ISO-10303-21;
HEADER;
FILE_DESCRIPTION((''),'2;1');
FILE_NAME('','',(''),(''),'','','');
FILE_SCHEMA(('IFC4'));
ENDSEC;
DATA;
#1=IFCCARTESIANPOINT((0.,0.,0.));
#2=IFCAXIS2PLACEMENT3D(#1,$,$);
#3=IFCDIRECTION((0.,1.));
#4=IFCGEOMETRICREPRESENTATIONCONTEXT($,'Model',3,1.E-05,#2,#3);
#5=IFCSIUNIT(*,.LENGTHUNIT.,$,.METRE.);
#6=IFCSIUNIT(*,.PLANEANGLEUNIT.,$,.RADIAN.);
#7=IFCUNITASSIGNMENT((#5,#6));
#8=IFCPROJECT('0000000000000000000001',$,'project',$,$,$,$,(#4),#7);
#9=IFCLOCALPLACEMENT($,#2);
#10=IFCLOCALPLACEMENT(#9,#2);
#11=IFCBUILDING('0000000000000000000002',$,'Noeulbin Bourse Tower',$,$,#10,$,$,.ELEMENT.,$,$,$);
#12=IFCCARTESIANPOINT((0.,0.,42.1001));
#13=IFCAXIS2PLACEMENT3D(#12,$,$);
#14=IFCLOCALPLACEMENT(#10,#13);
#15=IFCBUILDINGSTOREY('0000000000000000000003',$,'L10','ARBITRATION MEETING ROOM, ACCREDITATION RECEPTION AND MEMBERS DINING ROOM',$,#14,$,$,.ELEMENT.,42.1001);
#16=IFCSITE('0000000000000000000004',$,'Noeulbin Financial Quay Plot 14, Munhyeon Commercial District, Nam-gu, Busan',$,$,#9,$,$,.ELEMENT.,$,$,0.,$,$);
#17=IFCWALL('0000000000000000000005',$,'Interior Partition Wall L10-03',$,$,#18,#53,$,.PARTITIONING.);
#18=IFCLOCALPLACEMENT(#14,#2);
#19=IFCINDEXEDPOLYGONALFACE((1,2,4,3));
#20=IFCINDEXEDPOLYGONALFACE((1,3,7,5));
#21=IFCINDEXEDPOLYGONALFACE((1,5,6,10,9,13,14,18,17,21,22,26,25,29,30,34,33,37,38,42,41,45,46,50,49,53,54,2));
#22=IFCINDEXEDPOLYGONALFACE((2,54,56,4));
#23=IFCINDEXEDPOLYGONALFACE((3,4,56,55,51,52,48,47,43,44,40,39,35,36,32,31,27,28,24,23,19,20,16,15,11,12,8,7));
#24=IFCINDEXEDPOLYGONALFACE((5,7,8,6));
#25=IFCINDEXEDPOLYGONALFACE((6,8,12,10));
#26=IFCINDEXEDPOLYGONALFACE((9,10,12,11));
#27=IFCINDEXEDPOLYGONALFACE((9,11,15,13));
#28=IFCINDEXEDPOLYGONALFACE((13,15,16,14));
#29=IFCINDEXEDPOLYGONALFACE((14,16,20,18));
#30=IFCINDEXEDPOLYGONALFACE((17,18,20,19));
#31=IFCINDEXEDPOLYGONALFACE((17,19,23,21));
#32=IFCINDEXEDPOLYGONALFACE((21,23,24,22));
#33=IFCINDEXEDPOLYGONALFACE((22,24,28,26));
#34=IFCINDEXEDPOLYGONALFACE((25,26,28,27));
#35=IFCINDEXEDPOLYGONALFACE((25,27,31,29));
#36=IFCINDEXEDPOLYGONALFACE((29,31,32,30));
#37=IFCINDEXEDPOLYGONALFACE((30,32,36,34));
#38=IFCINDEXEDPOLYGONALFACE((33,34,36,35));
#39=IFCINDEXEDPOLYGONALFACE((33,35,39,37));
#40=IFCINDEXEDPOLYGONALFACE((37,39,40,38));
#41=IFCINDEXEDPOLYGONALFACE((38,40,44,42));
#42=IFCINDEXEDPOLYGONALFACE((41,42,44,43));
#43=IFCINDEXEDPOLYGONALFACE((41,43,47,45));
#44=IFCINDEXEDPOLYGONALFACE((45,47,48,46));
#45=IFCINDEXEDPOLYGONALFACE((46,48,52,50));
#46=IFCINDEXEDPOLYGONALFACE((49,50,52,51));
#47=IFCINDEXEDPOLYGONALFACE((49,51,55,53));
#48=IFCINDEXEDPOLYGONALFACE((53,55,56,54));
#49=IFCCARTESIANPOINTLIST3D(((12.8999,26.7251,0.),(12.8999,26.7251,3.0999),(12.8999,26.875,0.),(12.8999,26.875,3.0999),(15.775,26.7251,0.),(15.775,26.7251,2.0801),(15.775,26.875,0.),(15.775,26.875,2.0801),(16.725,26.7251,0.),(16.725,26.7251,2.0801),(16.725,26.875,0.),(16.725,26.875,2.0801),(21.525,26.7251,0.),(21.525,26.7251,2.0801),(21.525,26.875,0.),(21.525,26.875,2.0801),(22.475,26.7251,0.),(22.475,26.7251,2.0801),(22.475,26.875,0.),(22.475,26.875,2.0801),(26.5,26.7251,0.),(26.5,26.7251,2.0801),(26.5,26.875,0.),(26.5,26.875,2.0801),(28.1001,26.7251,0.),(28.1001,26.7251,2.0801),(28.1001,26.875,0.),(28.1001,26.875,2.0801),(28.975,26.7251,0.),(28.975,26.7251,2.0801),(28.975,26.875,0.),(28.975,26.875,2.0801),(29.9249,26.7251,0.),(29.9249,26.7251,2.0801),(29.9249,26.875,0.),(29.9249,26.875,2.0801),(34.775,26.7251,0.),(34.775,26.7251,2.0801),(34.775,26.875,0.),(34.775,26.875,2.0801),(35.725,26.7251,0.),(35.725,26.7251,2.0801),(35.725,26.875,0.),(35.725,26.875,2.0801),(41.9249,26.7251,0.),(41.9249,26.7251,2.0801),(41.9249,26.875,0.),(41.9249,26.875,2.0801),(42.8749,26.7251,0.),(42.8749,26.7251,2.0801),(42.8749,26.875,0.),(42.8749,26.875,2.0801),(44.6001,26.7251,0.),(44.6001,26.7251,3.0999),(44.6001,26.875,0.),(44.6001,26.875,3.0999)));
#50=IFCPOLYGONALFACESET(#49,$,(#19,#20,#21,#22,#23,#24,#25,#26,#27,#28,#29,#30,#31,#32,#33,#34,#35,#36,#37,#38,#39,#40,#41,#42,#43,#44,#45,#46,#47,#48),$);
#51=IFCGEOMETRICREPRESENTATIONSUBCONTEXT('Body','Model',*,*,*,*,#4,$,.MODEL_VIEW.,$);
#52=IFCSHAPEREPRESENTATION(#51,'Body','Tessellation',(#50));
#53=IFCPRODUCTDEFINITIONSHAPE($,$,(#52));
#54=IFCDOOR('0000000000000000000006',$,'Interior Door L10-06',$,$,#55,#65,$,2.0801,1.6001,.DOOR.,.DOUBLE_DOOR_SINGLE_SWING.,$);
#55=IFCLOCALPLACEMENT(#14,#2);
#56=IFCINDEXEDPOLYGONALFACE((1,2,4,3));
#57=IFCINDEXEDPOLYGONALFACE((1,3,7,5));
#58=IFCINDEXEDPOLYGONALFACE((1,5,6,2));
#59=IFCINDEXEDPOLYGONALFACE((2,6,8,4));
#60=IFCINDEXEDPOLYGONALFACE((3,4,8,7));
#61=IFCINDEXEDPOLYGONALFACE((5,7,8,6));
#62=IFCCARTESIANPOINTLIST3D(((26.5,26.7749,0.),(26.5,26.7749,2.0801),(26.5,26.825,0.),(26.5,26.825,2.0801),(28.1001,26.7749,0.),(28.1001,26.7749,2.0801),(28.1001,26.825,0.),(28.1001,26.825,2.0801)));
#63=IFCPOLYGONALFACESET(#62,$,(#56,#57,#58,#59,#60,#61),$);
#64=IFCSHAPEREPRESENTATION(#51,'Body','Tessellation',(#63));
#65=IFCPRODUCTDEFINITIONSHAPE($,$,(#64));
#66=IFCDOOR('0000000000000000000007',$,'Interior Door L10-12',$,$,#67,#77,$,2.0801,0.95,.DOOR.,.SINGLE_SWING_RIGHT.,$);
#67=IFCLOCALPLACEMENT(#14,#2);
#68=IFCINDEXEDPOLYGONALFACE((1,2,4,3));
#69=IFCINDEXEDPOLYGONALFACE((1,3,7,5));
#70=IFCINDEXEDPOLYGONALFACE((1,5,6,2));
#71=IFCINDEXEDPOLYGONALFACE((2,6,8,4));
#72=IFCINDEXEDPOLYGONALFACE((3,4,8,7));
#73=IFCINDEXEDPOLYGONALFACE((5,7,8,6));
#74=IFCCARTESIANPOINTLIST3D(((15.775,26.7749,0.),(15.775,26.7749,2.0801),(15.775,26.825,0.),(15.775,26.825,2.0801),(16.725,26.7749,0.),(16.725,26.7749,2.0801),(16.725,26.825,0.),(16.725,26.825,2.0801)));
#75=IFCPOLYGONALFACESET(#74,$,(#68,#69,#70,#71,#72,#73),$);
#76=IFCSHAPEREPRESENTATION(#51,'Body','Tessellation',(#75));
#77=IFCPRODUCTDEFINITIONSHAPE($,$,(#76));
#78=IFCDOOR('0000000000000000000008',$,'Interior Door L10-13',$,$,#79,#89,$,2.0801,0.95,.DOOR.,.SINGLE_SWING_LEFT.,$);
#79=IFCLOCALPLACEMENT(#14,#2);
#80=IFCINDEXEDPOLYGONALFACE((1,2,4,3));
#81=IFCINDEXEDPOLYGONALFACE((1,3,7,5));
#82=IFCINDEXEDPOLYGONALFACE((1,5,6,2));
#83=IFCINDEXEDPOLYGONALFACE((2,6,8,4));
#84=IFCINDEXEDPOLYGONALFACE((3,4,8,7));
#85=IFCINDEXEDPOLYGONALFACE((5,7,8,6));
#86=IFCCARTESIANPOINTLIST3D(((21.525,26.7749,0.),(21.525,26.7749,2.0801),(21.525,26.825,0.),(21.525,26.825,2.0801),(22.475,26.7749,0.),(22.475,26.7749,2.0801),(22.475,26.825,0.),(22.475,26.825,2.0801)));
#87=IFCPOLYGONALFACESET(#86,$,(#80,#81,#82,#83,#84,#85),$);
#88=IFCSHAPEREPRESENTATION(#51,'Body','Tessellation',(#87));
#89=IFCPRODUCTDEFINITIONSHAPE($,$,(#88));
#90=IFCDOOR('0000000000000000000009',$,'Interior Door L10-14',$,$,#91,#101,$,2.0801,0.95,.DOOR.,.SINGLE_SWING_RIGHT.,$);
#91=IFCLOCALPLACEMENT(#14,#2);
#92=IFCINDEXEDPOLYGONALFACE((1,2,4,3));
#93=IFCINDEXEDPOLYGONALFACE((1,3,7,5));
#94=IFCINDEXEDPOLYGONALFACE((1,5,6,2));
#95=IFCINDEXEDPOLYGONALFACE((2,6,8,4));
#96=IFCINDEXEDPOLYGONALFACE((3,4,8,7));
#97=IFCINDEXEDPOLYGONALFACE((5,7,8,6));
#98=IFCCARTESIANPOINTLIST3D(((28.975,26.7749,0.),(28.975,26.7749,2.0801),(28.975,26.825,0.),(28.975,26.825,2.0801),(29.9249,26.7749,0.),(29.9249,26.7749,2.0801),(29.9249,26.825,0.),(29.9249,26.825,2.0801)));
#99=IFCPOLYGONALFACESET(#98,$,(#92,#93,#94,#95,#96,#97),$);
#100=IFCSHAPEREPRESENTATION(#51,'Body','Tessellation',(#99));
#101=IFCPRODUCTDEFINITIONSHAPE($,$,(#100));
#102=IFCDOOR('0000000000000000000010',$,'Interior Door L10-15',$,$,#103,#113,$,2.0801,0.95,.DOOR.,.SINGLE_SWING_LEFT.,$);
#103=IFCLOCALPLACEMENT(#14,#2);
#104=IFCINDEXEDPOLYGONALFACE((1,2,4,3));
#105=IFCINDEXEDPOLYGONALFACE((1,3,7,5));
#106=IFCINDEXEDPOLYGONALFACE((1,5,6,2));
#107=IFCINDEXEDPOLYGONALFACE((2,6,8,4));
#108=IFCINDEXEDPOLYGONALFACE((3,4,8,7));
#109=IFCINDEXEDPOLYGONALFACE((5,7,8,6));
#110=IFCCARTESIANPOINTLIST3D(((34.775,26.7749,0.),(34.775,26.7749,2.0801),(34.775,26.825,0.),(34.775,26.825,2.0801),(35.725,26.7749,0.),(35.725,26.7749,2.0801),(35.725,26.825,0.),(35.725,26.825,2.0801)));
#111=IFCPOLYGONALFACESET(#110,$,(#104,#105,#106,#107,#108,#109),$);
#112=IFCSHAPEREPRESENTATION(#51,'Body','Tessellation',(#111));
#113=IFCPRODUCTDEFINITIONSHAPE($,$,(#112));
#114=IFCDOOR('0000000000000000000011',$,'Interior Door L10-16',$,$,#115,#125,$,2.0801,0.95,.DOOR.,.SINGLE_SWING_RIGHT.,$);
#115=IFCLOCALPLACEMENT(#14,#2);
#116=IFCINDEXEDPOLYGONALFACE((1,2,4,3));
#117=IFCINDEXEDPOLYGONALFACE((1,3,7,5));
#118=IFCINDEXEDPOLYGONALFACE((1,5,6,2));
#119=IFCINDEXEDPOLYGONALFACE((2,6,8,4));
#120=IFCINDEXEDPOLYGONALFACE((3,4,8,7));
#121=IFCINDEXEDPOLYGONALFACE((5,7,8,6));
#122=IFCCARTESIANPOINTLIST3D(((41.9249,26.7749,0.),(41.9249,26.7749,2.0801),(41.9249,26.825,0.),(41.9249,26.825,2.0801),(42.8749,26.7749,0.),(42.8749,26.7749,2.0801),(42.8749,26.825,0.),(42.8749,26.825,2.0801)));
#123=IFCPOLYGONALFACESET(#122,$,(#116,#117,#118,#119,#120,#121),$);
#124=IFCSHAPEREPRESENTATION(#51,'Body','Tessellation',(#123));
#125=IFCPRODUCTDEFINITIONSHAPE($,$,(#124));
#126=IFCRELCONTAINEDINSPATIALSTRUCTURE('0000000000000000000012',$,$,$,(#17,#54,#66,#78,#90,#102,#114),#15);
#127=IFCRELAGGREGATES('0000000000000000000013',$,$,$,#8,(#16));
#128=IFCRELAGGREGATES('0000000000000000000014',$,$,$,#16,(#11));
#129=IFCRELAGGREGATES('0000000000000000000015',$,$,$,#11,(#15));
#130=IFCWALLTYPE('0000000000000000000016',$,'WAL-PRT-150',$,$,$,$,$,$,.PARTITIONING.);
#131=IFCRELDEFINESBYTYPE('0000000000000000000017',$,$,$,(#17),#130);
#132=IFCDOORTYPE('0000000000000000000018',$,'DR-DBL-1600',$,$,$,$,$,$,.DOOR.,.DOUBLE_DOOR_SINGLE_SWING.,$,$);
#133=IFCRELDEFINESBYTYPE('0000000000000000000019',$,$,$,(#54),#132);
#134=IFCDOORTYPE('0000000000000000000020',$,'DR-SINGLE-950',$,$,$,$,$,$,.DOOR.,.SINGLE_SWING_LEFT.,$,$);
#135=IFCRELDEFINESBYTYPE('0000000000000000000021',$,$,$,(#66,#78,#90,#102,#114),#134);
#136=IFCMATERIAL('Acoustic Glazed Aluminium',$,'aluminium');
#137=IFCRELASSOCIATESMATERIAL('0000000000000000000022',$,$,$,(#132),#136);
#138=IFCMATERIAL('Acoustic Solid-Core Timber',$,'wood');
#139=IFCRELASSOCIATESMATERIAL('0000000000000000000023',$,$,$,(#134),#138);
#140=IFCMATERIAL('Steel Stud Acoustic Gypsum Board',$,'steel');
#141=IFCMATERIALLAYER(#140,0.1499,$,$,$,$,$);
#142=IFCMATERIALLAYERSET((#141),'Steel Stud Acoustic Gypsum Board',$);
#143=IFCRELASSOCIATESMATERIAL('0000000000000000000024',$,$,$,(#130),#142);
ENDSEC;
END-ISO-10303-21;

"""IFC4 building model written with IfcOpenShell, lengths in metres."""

from ifc_helpers import new_model, si_unit, direction, frame, frame_2d, origin, place, context, subcontext, project, spatial, rectangle, extrude, material, layer, layer_set, type_object, element, fill, save


model = new_model("IFC4")

# Units and contexts
model_context = context("Model", 3, precision=1e-05, world=origin(), true_north=direction((0.0, 1.0)))
body_context = subcontext(model_context, "Body", "Model", "MODEL_VIEW")
ifc_project = project(units=[si_unit("LENGTHUNIT", "METRE"), si_unit("PLANEANGLEUNIT", "RADIAN")], contexts=[model_context])

# Site, building, storey
site_placement = place(None, origin())
site = spatial("IfcSite", under=ifc_project, at=site_placement, Name="Noeulbin Financial Quay Plot 14, Munhyeon Commercial District, Nam-gu, Busan", CompositionType="ELEMENT", RefElevation=0.0)
building_placement = place(site_placement, origin())
building = spatial("IfcBuilding", under=site, at=building_placement, Name="Noeulbin Bourse Tower", CompositionType="ELEMENT")
storey_placement = place(building_placement, frame((0.0, 0.0, 42.1001)))
storey = spatial("IfcBuildingStorey", under=building, at=storey_placement, Name="L10", Description="ARBITRATION MEETING ROOM, ACCREDITATION RECEPTION AND MEMBERS DINING ROOM", CompositionType="ELEMENT", Elevation=42.1001)

# Shared definitions
ifc_material_1 = material(Name="Acoustic Glazed Aluminium", Category="aluminium")
door_type_1 = type_object("IfcDoorType", Name="DR-DBL-1600", OperationType="DOUBLE_DOOR_SINGLE_SWING", PredefinedType="DOOR", material=ifc_material_1)
ifc_material_2 = material(Name="Acoustic Solid-Core Timber", Category="wood")
door_type_2 = type_object("IfcDoorType", Name="DR-SINGLE-950", OperationType="SINGLE_SWING_LEFT", PredefinedType="DOOR", material=ifc_material_2)

# Wall, openings, doors
ifc_material_3 = material(Name="Steel Stud Acoustic Gypsum Board", Category="steel")
ifc_layer_1 = layer(ifc_material_3, 0.1499)
ifc_layer_set_1 = layer_set([ifc_layer_1], Name="Steel Stud Acoustic Gypsum Board")
wall_type_1 = type_object("IfcWallType", Name="WAL-PRT-150", PredefinedType="PARTITIONING", material=ifc_layer_set_1)
wall_1_placement = place(storey_placement, frame((12.8999, 26.8, 0.0), z_axis=(0.0, 0.0, 1.0), x_axis=(1.0, 0.0, 0.0)))
wall_1 = element("IfcWall", 1, at=wall_1_placement, inside=storey, type_object=wall_type_1, Name="Interior Partition Wall L10-03", PredefinedType="PARTITIONING", context=body_context, shape_type="SweptSolid", body=[
    extrude(rectangle(XDim=31.7002, YDim=0.1499, at=frame_2d((15.8501, 0.0))), origin(), (0.0, 0.0, 1.0), 3.0999),
])
opening_1_placement = place(wall_1_placement, frame((13.6001, 0.0, 0.0)))
opening_1 = element("IfcOpeningElement", 2, at=opening_1_placement, cuts=wall_1, PredefinedType="OPENING", context=body_context, shape_type="SweptSolid", body=[
    extrude(rectangle(XDim=1.6001, YDim=2.0801, at=frame_2d((0.8, 1.04))), frame((0.0, 0.085, 0.0), z_axis=(0.0, -1.0, 0.0), x_axis=(1.0, 0.0, 0.0)), (0.0, 0.0, 1.0), 0.1699),
])
opening_2_placement = place(wall_1_placement, frame((2.875, 0.0, 0.0)))
opening_2 = element("IfcOpeningElement", 3, at=opening_2_placement, cuts=wall_1, PredefinedType="OPENING", context=body_context, shape_type="SweptSolid", body=[
    extrude(rectangle(XDim=0.95, YDim=2.0801, at=frame_2d((0.4751, 1.04))), frame((0.0, 0.085, 0.0), z_axis=(0.0, -1.0, 0.0), x_axis=(1.0, 0.0, 0.0)), (0.0, 0.0, 1.0), 0.1699),
])
opening_3_placement = place(wall_1_placement, frame((8.625, 0.0, 0.0)))
opening_3 = element("IfcOpeningElement", 4, at=opening_3_placement, cuts=wall_1, PredefinedType="OPENING", context=body_context, shape_type="SweptSolid", body=[
    extrude(rectangle(XDim=0.95, YDim=2.0801, at=frame_2d((0.4751, 1.04))), frame((0.0, 0.085, 0.0), z_axis=(0.0, -1.0, 0.0), x_axis=(1.0, 0.0, 0.0)), (0.0, 0.0, 1.0), 0.1699),
])
opening_4_placement = place(wall_1_placement, frame((16.075, 0.0, 0.0)))
opening_4 = element("IfcOpeningElement", 5, at=opening_4_placement, cuts=wall_1, PredefinedType="OPENING", context=body_context, shape_type="SweptSolid", body=[
    extrude(rectangle(XDim=0.95, YDim=2.0801, at=frame_2d((0.4751, 1.04))), frame((0.0, 0.085, 0.0), z_axis=(0.0, -1.0, 0.0), x_axis=(1.0, 0.0, 0.0)), (0.0, 0.0, 1.0), 0.1699),
])
opening_5_placement = place(wall_1_placement, frame((21.875, 0.0, 0.0)))
opening_5 = element("IfcOpeningElement", 6, at=opening_5_placement, cuts=wall_1, PredefinedType="OPENING", context=body_context, shape_type="SweptSolid", body=[
    extrude(rectangle(XDim=0.95, YDim=2.0801, at=frame_2d((0.4751, 1.04))), frame((0.0, 0.085, 0.0), z_axis=(0.0, -1.0, 0.0), x_axis=(1.0, 0.0, 0.0)), (0.0, 0.0, 1.0), 0.1699),
])
opening_6_placement = place(wall_1_placement, frame((29.0249, 0.0, 0.0)))
opening_6 = element("IfcOpeningElement", 7, at=opening_6_placement, cuts=wall_1, PredefinedType="OPENING", context=body_context, shape_type="SweptSolid", body=[
    extrude(rectangle(XDim=0.95, YDim=2.0801, at=frame_2d((0.4751, 1.04))), frame((0.0, 0.085, 0.0), z_axis=(0.0, -1.0, 0.0), x_axis=(1.0, 0.0, 0.0)), (0.0, 0.0, 1.0), 0.1699),
])
door_1_placement = place(opening_1_placement, origin())
door_1 = element("IfcDoor", 8, at=door_1_placement, inside=storey, type_object=door_type_1, Name="Interior Door L10-06", OperationType="DOUBLE_DOOR_SINGLE_SWING", OverallHeight=2.0801, OverallWidth=1.6001, PredefinedType="DOOR", context=body_context, shape_type="SweptSolid", body=[
    extrude(rectangle(XDim=1.6001, YDim=2.0801, at=frame_2d((0.8, 1.04))), frame((0.0, 0.0249, 0.0), z_axis=(0.0, -1.0, 0.0), x_axis=(1.0, 0.0, 0.0)), (0.0, 0.0, 1.0), 0.05),
])
fill(opening_1, door_1)
door_2_placement = place(opening_2_placement, origin())
door_2 = element("IfcDoor", 9, at=door_2_placement, inside=storey, type_object=door_type_2, Name="Interior Door L10-12", OperationType="SINGLE_SWING_RIGHT", OverallHeight=2.0801, OverallWidth=0.95, PredefinedType="DOOR", context=body_context, shape_type="SweptSolid", body=[
    extrude(rectangle(XDim=0.95, YDim=2.0801, at=frame_2d((0.4751, 1.04))), frame((0.0, 0.0249, 0.0), z_axis=(0.0, -1.0, 0.0), x_axis=(1.0, 0.0, 0.0)), (0.0, 0.0, 1.0), 0.05),
])
fill(opening_2, door_2)
door_3_placement = place(opening_3_placement, origin())
door_3 = element("IfcDoor", 10, at=door_3_placement, inside=storey, type_object=door_type_2, Name="Interior Door L10-13", OperationType="SINGLE_SWING_LEFT", OverallHeight=2.0801, OverallWidth=0.95, PredefinedType="DOOR", context=body_context, shape_type="SweptSolid", body=[
    extrude(rectangle(XDim=0.95, YDim=2.0801, at=frame_2d((0.4751, 1.04))), frame((0.0, 0.0249, 0.0), z_axis=(0.0, -1.0, 0.0), x_axis=(1.0, 0.0, 0.0)), (0.0, 0.0, 1.0), 0.05),
])
fill(opening_3, door_3)
door_4_placement = place(opening_4_placement, origin())
door_4 = element("IfcDoor", 11, at=door_4_placement, inside=storey, type_object=door_type_2, Name="Interior Door L10-14", OperationType="SINGLE_SWING_RIGHT", OverallHeight=2.0801, OverallWidth=0.95, PredefinedType="DOOR", context=body_context, shape_type="SweptSolid", body=[
    extrude(rectangle(XDim=0.95, YDim=2.0801, at=frame_2d((0.4751, 1.04))), frame((0.0, 0.0249, 0.0), z_axis=(0.0, -1.0, 0.0), x_axis=(1.0, 0.0, 0.0)), (0.0, 0.0, 1.0), 0.05),
])
fill(opening_4, door_4)
door_5_placement = place(opening_5_placement, origin())
door_5 = element("IfcDoor", 12, at=door_5_placement, inside=storey, type_object=door_type_2, Name="Interior Door L10-15", OperationType="SINGLE_SWING_LEFT", OverallHeight=2.0801, OverallWidth=0.95, PredefinedType="DOOR", context=body_context, shape_type="SweptSolid", body=[
    extrude(rectangle(XDim=0.95, YDim=2.0801, at=frame_2d((0.4751, 1.04))), frame((0.0, 0.0249, 0.0), z_axis=(0.0, -1.0, 0.0), x_axis=(1.0, 0.0, 0.0)), (0.0, 0.0, 1.0), 0.05),
])
fill(opening_5, door_5)
door_6_placement = place(opening_6_placement, origin())
door_6 = element("IfcDoor", 13, at=door_6_placement, inside=storey, type_object=door_type_2, Name="Interior Door L10-16", OperationType="SINGLE_SWING_RIGHT", OverallHeight=2.0801, OverallWidth=0.95, PredefinedType="DOOR", context=body_context, shape_type="SweptSolid", body=[
    extrude(rectangle(XDim=0.95, YDim=2.0801, at=frame_2d((0.4751, 1.04))), frame((0.0, 0.0249, 0.0), z_axis=(0.0, -1.0, 0.0), x_axis=(1.0, 0.0, 0.0)), (0.0, 0.0, 1.0), 0.05),
])
fill(opening_6, door_6)

save(model, "model.ifc")
